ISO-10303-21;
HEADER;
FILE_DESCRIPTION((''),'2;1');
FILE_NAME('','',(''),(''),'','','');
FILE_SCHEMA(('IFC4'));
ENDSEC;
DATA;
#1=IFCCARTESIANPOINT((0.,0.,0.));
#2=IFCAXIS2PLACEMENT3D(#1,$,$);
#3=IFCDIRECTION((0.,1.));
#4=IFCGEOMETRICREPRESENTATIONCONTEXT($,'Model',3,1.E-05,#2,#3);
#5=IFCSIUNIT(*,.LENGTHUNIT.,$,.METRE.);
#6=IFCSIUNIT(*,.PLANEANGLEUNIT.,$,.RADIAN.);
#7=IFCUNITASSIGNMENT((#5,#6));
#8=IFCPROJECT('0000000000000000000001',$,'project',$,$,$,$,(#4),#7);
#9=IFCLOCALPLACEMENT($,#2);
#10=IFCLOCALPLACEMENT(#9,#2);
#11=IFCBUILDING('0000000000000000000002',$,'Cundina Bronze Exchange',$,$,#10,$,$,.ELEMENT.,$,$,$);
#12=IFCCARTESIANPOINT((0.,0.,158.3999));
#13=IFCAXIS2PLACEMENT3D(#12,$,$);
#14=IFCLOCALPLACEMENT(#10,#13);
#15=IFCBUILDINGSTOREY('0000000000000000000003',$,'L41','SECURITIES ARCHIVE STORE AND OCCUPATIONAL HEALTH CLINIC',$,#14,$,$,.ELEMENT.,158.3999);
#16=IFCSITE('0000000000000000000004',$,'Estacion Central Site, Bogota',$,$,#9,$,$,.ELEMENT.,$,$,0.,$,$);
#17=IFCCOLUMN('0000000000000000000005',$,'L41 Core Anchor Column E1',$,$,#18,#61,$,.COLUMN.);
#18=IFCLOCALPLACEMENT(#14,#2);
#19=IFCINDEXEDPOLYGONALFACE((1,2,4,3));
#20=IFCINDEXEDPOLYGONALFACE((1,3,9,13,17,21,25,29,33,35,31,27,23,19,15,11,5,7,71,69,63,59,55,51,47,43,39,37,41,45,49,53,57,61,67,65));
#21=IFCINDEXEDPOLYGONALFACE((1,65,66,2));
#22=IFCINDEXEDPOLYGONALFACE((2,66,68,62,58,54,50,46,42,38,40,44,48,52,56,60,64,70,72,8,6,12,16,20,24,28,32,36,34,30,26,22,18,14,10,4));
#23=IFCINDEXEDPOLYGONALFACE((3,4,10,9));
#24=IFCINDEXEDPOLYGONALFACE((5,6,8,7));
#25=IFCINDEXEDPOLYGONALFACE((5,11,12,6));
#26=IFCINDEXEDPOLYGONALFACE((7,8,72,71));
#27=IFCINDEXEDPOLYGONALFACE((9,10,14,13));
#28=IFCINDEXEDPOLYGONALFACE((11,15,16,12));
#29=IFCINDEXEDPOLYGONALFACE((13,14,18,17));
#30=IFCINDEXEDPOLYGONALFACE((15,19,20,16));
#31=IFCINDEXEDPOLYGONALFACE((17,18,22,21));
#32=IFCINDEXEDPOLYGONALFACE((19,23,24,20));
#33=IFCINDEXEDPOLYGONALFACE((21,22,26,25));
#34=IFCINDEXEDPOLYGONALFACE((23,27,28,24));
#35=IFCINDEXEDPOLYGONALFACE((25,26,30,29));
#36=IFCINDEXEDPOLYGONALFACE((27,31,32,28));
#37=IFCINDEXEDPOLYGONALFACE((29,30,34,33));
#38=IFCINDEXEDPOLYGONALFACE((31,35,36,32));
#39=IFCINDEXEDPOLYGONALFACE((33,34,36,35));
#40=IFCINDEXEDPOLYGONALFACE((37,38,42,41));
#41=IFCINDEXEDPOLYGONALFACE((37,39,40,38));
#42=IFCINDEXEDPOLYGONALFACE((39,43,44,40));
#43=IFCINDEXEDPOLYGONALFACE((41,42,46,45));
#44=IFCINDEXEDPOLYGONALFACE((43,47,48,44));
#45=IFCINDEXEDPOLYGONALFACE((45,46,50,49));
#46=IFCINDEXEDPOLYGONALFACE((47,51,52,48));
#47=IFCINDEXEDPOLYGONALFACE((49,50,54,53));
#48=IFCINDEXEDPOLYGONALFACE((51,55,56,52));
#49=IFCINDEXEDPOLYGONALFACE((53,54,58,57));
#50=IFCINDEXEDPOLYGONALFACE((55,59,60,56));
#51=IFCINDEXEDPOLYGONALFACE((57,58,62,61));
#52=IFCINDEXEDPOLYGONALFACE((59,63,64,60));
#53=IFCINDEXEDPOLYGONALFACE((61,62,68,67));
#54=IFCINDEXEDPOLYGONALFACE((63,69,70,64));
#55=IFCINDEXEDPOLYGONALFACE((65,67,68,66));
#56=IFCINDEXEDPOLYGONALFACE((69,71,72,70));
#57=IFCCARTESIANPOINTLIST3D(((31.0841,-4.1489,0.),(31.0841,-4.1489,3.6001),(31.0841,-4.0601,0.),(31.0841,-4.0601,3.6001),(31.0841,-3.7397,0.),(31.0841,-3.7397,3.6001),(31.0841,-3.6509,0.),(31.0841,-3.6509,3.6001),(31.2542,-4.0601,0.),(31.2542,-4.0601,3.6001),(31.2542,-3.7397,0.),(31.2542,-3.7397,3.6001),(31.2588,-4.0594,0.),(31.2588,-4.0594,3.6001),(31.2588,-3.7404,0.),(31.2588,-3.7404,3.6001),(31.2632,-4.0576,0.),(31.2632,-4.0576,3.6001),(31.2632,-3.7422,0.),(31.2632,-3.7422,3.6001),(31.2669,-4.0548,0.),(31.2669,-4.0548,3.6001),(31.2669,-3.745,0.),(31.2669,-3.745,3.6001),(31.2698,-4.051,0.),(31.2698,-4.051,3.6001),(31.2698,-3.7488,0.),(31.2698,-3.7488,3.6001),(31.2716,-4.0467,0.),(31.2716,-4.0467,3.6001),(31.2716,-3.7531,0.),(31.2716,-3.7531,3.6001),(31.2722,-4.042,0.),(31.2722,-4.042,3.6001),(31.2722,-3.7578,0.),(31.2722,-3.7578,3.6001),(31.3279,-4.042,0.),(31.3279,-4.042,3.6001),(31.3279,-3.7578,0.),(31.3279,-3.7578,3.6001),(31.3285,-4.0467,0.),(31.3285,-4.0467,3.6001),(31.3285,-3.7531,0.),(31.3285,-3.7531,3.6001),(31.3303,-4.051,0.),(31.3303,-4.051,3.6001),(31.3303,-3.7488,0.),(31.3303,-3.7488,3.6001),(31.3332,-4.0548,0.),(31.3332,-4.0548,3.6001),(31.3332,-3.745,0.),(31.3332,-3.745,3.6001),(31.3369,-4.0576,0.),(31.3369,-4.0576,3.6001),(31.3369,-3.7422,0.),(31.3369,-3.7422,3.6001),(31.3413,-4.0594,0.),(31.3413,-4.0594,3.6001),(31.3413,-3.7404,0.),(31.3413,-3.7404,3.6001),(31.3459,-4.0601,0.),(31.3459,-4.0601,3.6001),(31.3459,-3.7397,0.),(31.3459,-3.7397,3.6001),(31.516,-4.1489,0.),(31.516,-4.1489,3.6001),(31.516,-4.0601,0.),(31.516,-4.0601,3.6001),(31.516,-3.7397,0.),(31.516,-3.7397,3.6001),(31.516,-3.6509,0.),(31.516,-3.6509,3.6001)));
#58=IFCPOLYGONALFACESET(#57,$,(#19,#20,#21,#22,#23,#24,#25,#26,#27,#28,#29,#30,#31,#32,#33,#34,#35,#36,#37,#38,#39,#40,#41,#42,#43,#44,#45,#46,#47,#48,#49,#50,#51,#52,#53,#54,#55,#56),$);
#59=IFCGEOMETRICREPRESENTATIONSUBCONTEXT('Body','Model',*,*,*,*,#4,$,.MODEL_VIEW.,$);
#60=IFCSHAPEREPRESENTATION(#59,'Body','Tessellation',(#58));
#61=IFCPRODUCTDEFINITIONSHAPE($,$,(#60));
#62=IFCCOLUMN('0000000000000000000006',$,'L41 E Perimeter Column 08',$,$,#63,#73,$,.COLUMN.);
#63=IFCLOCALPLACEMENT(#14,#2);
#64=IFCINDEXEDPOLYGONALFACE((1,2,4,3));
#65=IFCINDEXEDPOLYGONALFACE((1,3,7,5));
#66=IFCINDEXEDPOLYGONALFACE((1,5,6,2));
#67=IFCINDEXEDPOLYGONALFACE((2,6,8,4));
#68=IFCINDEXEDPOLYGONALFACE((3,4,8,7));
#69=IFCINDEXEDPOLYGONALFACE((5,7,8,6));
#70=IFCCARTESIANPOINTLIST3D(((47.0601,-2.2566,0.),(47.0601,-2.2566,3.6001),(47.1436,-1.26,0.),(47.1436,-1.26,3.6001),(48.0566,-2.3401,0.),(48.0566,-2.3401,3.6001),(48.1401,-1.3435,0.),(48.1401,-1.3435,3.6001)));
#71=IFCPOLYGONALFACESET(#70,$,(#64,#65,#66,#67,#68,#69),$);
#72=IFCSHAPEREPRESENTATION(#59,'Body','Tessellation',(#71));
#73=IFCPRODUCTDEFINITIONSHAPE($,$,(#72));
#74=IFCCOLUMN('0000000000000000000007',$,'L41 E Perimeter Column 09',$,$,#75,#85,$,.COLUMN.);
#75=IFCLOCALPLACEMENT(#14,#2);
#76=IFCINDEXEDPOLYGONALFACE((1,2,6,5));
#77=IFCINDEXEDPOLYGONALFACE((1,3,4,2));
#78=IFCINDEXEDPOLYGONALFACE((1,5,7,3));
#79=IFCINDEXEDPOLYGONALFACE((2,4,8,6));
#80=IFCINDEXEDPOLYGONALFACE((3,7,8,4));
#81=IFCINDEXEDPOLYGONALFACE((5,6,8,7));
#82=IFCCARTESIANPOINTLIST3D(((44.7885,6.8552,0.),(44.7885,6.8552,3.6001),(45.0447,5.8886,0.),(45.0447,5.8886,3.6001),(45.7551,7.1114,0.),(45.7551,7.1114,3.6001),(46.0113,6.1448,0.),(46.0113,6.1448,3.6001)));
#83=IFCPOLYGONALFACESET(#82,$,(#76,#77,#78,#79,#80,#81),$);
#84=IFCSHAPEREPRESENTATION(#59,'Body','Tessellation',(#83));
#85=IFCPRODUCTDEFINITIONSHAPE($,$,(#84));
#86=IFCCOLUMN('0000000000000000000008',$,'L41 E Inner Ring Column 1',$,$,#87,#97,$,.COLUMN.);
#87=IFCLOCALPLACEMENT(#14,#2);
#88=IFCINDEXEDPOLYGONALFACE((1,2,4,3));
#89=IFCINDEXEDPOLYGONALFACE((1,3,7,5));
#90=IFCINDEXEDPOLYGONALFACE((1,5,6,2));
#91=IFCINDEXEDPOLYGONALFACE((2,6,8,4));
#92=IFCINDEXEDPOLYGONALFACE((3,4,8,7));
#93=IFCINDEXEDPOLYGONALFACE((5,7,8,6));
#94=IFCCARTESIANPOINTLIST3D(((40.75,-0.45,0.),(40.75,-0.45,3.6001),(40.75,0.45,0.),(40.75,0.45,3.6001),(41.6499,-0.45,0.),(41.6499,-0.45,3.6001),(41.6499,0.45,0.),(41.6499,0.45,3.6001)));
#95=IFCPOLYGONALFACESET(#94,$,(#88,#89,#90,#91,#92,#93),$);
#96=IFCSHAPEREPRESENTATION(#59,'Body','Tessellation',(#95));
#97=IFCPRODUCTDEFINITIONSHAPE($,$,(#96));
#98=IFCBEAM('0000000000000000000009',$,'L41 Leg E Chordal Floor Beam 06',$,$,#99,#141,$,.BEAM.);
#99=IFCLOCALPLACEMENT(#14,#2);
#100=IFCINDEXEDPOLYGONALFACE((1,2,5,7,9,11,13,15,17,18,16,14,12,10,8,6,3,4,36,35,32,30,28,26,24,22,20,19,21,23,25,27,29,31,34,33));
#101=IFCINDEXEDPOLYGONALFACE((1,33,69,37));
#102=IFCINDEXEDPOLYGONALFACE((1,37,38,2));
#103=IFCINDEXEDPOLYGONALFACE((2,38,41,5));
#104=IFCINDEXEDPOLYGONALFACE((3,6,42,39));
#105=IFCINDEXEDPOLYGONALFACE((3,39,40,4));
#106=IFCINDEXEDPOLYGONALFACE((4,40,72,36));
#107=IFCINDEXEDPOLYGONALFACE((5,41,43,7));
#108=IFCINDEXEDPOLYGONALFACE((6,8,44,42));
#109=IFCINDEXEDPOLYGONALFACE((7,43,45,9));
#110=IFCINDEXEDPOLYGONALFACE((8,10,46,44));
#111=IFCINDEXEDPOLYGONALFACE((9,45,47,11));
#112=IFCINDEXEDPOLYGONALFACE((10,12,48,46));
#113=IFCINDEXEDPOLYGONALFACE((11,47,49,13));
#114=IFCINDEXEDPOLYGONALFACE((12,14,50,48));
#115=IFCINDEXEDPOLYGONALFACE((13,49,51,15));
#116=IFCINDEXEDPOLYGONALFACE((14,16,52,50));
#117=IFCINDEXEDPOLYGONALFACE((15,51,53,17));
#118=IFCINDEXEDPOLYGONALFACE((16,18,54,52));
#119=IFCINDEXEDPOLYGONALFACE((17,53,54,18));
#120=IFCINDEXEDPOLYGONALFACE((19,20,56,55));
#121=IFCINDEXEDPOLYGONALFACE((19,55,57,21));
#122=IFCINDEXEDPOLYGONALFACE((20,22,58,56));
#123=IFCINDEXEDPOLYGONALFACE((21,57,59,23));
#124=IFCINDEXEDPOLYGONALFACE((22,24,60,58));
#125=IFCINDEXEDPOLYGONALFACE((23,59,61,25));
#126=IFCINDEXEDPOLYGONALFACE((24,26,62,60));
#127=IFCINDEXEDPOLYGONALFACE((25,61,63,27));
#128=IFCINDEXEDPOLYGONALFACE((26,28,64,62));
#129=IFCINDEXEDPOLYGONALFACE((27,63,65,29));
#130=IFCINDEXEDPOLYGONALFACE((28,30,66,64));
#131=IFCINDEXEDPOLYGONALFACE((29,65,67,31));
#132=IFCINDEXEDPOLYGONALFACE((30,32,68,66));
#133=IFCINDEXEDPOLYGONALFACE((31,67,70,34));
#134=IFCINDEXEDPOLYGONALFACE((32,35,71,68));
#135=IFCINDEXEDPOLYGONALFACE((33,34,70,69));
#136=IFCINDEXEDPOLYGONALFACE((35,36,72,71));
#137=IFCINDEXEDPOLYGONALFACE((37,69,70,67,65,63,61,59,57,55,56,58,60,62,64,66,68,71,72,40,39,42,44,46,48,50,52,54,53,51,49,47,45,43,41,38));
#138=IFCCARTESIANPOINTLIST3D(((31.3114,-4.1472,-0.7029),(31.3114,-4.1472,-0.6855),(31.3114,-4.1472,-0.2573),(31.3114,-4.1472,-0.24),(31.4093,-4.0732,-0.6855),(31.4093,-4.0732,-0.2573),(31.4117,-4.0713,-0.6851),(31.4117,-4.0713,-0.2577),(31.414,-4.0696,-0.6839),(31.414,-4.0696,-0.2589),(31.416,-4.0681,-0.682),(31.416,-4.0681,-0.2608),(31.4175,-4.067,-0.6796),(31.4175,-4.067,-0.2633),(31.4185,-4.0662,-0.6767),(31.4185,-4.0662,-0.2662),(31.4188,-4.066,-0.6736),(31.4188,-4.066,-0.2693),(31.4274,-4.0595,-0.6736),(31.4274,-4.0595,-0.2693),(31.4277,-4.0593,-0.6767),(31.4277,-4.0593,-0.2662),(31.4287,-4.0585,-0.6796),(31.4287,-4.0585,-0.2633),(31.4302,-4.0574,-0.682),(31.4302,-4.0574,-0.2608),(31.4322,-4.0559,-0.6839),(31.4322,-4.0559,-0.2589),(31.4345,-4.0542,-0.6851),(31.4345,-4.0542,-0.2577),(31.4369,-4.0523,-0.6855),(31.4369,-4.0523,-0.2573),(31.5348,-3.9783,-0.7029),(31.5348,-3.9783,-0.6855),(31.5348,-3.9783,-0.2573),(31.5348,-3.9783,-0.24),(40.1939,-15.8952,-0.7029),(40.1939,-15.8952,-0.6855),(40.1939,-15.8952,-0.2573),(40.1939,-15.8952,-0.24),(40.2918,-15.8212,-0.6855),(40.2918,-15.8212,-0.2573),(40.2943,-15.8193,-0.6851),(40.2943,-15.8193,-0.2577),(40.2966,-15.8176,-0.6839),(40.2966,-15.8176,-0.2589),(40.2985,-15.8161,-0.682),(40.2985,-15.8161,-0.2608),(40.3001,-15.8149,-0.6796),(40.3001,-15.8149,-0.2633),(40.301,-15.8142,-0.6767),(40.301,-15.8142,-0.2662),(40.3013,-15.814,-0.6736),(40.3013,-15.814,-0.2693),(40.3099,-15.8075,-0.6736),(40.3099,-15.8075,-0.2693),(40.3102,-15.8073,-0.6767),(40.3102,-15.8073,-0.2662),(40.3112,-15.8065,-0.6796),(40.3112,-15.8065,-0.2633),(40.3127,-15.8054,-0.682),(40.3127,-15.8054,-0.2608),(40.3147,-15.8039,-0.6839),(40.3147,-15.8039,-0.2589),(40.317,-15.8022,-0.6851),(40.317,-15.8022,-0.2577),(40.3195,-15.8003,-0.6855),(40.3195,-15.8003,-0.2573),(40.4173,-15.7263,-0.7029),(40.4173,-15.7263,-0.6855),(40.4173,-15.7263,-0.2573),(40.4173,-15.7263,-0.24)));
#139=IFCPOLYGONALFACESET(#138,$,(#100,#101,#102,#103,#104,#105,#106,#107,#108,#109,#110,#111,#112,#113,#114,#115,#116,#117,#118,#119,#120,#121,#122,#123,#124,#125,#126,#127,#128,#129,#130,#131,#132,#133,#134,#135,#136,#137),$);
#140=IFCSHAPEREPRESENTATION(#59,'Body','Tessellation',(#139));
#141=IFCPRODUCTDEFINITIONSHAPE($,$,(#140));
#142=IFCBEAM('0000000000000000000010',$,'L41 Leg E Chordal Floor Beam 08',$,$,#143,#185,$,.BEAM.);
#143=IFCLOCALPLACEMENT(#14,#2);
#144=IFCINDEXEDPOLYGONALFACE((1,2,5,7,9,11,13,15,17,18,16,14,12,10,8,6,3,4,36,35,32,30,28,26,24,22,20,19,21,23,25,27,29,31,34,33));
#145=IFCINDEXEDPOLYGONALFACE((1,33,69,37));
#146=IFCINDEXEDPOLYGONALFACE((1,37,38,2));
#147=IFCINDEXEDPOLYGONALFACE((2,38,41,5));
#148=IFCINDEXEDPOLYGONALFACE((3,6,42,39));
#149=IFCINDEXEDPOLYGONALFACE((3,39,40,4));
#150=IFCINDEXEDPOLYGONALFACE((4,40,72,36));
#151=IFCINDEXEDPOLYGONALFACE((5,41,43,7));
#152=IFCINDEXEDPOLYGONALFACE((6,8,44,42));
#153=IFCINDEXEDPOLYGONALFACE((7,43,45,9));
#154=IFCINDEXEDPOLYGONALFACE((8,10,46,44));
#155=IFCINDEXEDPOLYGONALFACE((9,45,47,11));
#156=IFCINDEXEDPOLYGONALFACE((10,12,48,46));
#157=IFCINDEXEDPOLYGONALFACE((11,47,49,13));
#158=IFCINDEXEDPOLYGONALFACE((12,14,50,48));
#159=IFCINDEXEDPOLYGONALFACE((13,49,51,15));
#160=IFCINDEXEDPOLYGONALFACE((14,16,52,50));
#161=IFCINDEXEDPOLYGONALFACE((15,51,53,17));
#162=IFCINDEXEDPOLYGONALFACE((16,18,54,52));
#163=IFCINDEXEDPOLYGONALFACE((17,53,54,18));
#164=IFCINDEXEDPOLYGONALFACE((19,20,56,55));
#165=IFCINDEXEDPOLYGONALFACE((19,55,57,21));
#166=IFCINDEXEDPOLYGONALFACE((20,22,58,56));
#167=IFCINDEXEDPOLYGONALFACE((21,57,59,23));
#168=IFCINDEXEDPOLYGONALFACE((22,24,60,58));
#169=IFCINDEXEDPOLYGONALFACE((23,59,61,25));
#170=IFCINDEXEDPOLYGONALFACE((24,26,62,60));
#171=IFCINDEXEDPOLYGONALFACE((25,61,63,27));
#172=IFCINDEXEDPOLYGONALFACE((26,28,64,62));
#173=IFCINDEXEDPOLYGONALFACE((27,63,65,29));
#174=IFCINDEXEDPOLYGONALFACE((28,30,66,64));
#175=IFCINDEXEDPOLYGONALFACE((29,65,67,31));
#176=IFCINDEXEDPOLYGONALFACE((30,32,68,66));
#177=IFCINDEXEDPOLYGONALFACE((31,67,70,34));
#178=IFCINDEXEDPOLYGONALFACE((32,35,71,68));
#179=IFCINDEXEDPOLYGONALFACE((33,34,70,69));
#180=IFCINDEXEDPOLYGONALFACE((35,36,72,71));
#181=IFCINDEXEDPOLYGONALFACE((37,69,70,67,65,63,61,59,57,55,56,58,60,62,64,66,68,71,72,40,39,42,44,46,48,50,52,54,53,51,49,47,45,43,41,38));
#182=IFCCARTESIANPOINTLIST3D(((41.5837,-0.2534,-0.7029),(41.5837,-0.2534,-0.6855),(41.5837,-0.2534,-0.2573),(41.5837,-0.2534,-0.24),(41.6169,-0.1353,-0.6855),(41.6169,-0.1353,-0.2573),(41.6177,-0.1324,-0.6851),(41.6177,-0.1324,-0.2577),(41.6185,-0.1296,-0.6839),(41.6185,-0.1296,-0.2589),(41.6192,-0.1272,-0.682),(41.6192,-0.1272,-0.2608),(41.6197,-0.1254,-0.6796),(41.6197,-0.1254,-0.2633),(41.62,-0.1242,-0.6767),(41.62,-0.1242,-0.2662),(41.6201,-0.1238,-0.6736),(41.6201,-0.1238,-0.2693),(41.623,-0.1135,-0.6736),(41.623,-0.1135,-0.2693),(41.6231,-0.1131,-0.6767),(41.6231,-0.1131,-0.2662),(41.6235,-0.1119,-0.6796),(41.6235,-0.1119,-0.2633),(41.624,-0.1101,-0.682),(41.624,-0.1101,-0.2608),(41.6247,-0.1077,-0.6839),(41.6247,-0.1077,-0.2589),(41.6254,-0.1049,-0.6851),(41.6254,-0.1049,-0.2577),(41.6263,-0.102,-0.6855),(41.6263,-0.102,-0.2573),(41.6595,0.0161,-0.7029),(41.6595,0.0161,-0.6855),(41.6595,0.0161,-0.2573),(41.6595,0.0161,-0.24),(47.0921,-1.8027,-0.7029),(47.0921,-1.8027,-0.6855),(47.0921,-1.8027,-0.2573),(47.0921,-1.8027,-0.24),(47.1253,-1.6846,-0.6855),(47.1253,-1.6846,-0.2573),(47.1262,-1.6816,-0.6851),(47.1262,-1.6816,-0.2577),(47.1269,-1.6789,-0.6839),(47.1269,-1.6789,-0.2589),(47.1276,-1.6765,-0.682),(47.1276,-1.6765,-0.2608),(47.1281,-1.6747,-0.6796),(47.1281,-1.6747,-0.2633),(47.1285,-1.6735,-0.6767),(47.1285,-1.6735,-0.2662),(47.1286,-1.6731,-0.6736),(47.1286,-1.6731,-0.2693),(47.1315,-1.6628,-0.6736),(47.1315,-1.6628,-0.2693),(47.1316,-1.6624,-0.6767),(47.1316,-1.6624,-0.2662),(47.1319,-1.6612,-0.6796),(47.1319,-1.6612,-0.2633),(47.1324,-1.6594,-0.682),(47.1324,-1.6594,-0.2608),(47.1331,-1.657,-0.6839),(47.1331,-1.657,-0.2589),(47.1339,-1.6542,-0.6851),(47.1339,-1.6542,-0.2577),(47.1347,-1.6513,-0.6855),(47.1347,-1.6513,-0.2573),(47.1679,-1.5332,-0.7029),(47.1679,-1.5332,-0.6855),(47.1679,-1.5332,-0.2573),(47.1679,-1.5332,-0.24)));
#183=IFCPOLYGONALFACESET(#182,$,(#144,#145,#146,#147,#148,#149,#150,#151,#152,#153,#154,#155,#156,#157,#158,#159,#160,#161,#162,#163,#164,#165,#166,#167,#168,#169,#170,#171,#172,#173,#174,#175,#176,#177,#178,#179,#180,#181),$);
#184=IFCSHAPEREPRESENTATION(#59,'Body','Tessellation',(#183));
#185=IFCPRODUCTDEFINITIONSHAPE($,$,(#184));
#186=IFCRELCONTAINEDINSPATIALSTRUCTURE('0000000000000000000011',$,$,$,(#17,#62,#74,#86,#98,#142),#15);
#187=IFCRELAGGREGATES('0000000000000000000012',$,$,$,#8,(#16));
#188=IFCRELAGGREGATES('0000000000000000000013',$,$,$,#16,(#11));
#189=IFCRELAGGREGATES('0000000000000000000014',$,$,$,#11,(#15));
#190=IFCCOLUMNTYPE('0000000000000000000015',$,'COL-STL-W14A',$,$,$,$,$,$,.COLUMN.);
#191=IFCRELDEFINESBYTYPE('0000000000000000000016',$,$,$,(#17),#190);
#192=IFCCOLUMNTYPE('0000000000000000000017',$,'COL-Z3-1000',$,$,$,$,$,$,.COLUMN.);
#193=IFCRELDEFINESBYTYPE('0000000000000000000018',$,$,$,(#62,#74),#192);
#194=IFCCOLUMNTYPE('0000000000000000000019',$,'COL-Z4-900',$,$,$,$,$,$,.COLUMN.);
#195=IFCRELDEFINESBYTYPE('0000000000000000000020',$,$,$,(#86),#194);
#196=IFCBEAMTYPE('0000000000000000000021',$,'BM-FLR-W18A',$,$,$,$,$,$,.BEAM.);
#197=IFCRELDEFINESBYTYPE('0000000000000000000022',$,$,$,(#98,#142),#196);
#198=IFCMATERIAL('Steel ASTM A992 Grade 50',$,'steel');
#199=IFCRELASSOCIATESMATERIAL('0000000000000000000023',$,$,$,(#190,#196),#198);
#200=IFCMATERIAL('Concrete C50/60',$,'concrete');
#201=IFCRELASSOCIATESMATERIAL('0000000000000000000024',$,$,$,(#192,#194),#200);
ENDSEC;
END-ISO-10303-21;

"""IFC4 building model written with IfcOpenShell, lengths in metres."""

from ifc_helpers import new_model, si_unit, direction, frame, origin, origin_2d, place, context, subcontext, project, spatial, rectangle, i_section, extrude, material, material_profile, profile_set, type_object, element, save


model = new_model("IFC4")

# Units and contexts
model_context = context("Model", 3, precision=1e-05, world=origin(), true_north=direction((0.0, 1.0)))
body_context = subcontext(model_context, "Body", "Model", "MODEL_VIEW")
ifc_project = project(units=[si_unit("LENGTHUNIT", "METRE"), si_unit("PLANEANGLEUNIT", "RADIAN")], contexts=[model_context])

# Site, building, storey
site_placement = place(None, origin())
site = spatial("IfcSite", under=ifc_project, at=site_placement, Name="Estacion Central Site, Bogota", CompositionType="ELEMENT", RefElevation=0.0)
building_placement = place(site_placement, origin())
building = spatial("IfcBuilding", under=site, at=building_placement, Name="Cundina Bronze Exchange", CompositionType="ELEMENT")
storey_placement = place(building_placement, frame((0.0, 0.0, 158.3999)))
storey = spatial("IfcBuildingStorey", under=building, at=storey_placement, Name="L41", Description="SECURITIES ARCHIVE STORE AND OCCUPATIONAL HEALTH CLINIC", CompositionType="ELEMENT", Elevation=158.3999)

# Columns
ifc_material_1 = material(Name="Steel ASTM A992 Grade 50", Category="steel")
ifc_material_profile_1 = material_profile(ifc_material_1, i_section(OverallWidth=0.4319, OverallDepth=0.498, WebThickness=0.0557, FlangeThickness=0.0889, FilletRadius=0.0181, at=origin_2d()), Name="W14X500", Category="steel")
ifc_profile_set_1 = profile_set([ifc_material_profile_1], Name="Steel ASTM A992 Grade 50")
column_type_1 = type_object("IfcColumnType", Name="COL-STL-W14A", PredefinedType="COLUMN", material=ifc_profile_set_1)
column_1_placement = place(storey_placement, frame((31.3, -3.8999, 0.0), z_axis=(0.0, 0.0, 1.0), x_axis=(1.0, 0.0, 0.0)))
element("IfcColumn", 1, at=column_1_placement, inside=storey, type_object=column_type_1, Name="L41 Core Anchor Column E1", PredefinedType="COLUMN", context=body_context, shape_type="SweptSolid", body=[
    extrude(i_section(OverallWidth=0.4319, OverallDepth=0.498, WebThickness=0.0557, FlangeThickness=0.0889, FilletRadius=0.0181, at=origin_2d()), origin(), (0.0, 0.0, 1.0), 3.6001),
])
ifc_material_2 = material(Name="Concrete C50/60", Category="concrete")
ifc_material_profile_2 = material_profile(ifc_material_2, rectangle(XDim=1.0, YDim=1.0, at=origin_2d()), Name="RC1000X1000", Category="concrete")
ifc_profile_set_2 = profile_set([ifc_material_profile_2], Name="Concrete C50/60")
column_type_2 = type_object("IfcColumnType", Name="COL-Z3-1000", PredefinedType="COLUMN", material=ifc_profile_set_2)
for number, where, z_axis, x_axis, name in (
    (2, (47.6001, -1.8, 0.0), (0.0, 0.0, 1.0), (0.083504, 0.996507, 0.0), "L41 E Perimeter Column 08"),
    (3, (45.3999, 6.5, 0.0), (0.0, 0.0, 1.0), (-0.256289, 0.9666, 0.0), "L41 E Perimeter Column 09"),
):
    element("IfcColumn", number, at=place(storey_placement, frame(where, z_axis=z_axis, x_axis=x_axis)), inside=storey, type_object=column_type_2, Name=name, PredefinedType="COLUMN", context=body_context, shape_type="SweptSolid", body=[
        extrude(rectangle(XDim=1.0, YDim=1.0, at=origin_2d()), origin(), (0.0, 0.0, 1.0), 3.6001),
    ])
ifc_material_profile_3 = material_profile(ifc_material_2, rectangle(XDim=0.8999, YDim=0.8999, at=origin_2d()), Name="RC900X900", Category="concrete")
ifc_profile_set_3 = profile_set([ifc_material_profile_3], Name="Concrete C50/60")
column_type_3 = type_object("IfcColumnType", Name="COL-Z4-900", PredefinedType="COLUMN", material=ifc_profile_set_3)
column_2_placement = place(storey_placement, frame((41.2, 0.0, 0.0), z_axis=(0.0, 0.0, 1.0), x_axis=(1.0, 0.0, 0.0)))
element("IfcColumn", 4, at=column_2_placement, inside=storey, type_object=column_type_3, Name="L41 E Inner Ring Column 1", PredefinedType="COLUMN", context=body_context, shape_type="SweptSolid", body=[
    extrude(rectangle(XDim=0.8999, YDim=0.8999, at=origin_2d()), origin(), (0.0, 0.0, 1.0), 3.6001),
])

# Beams
ifc_material_profile_4 = material_profile(ifc_material_1, i_section(OverallWidth=0.28, OverallDepth=0.4629, WebThickness=0.0107, FlangeThickness=0.0173, FilletRadius=0.012, at=origin_2d()), Name="W18X76", Category="steel")
ifc_profile_set_4 = profile_set([ifc_material_profile_4], Name="Steel ASTM A992 Grade 50")
beam_type_1 = type_object("IfcBeamType", Name="BM-FLR-W18A", PredefinedType="BEAM", material=ifc_profile_set_4)
beam_1_placement = place(storey_placement, frame((31.4231, -4.0627, -0.4714), z_axis=(0.603104, -0.797663, 0.0), x_axis=(0.797663, 0.603104, 0.0)))
element("IfcBeam", 5, at=beam_1_placement, inside=storey, type_object=beam_type_1, Name="L41 Leg E Chordal Floor Beam 06", PredefinedType="BEAM", context=body_context, shape_type="SweptSolid", body=[
    extrude(i_section(OverallWidth=0.28, OverallDepth=0.4629, WebThickness=0.0107, FlangeThickness=0.0173, FilletRadius=0.012, at=origin_2d()), origin(), (0.0, 0.0, 1.0), 14.728),
])
beam_2_placement = place(storey_placement, frame((41.6216, -0.1187, -0.4714), z_axis=(0.962649, -0.270752, 0.0), x_axis=(0.270752, 0.962649, 0.0)))
element("IfcBeam", 6, at=beam_2_placement, inside=storey, type_object=beam_type_1, Name="L41 Leg E Chordal Floor Beam 08", PredefinedType="BEAM", context=body_context, shape_type="SweptSolid", body=[
    extrude(i_section(OverallWidth=0.28, OverallDepth=0.4629, WebThickness=0.0107, FlangeThickness=0.0173, FilletRadius=0.012, at=origin_2d()), origin(), (0.0, 0.0, 1.0), 5.7222),
])

save(model, "model.ifc")
